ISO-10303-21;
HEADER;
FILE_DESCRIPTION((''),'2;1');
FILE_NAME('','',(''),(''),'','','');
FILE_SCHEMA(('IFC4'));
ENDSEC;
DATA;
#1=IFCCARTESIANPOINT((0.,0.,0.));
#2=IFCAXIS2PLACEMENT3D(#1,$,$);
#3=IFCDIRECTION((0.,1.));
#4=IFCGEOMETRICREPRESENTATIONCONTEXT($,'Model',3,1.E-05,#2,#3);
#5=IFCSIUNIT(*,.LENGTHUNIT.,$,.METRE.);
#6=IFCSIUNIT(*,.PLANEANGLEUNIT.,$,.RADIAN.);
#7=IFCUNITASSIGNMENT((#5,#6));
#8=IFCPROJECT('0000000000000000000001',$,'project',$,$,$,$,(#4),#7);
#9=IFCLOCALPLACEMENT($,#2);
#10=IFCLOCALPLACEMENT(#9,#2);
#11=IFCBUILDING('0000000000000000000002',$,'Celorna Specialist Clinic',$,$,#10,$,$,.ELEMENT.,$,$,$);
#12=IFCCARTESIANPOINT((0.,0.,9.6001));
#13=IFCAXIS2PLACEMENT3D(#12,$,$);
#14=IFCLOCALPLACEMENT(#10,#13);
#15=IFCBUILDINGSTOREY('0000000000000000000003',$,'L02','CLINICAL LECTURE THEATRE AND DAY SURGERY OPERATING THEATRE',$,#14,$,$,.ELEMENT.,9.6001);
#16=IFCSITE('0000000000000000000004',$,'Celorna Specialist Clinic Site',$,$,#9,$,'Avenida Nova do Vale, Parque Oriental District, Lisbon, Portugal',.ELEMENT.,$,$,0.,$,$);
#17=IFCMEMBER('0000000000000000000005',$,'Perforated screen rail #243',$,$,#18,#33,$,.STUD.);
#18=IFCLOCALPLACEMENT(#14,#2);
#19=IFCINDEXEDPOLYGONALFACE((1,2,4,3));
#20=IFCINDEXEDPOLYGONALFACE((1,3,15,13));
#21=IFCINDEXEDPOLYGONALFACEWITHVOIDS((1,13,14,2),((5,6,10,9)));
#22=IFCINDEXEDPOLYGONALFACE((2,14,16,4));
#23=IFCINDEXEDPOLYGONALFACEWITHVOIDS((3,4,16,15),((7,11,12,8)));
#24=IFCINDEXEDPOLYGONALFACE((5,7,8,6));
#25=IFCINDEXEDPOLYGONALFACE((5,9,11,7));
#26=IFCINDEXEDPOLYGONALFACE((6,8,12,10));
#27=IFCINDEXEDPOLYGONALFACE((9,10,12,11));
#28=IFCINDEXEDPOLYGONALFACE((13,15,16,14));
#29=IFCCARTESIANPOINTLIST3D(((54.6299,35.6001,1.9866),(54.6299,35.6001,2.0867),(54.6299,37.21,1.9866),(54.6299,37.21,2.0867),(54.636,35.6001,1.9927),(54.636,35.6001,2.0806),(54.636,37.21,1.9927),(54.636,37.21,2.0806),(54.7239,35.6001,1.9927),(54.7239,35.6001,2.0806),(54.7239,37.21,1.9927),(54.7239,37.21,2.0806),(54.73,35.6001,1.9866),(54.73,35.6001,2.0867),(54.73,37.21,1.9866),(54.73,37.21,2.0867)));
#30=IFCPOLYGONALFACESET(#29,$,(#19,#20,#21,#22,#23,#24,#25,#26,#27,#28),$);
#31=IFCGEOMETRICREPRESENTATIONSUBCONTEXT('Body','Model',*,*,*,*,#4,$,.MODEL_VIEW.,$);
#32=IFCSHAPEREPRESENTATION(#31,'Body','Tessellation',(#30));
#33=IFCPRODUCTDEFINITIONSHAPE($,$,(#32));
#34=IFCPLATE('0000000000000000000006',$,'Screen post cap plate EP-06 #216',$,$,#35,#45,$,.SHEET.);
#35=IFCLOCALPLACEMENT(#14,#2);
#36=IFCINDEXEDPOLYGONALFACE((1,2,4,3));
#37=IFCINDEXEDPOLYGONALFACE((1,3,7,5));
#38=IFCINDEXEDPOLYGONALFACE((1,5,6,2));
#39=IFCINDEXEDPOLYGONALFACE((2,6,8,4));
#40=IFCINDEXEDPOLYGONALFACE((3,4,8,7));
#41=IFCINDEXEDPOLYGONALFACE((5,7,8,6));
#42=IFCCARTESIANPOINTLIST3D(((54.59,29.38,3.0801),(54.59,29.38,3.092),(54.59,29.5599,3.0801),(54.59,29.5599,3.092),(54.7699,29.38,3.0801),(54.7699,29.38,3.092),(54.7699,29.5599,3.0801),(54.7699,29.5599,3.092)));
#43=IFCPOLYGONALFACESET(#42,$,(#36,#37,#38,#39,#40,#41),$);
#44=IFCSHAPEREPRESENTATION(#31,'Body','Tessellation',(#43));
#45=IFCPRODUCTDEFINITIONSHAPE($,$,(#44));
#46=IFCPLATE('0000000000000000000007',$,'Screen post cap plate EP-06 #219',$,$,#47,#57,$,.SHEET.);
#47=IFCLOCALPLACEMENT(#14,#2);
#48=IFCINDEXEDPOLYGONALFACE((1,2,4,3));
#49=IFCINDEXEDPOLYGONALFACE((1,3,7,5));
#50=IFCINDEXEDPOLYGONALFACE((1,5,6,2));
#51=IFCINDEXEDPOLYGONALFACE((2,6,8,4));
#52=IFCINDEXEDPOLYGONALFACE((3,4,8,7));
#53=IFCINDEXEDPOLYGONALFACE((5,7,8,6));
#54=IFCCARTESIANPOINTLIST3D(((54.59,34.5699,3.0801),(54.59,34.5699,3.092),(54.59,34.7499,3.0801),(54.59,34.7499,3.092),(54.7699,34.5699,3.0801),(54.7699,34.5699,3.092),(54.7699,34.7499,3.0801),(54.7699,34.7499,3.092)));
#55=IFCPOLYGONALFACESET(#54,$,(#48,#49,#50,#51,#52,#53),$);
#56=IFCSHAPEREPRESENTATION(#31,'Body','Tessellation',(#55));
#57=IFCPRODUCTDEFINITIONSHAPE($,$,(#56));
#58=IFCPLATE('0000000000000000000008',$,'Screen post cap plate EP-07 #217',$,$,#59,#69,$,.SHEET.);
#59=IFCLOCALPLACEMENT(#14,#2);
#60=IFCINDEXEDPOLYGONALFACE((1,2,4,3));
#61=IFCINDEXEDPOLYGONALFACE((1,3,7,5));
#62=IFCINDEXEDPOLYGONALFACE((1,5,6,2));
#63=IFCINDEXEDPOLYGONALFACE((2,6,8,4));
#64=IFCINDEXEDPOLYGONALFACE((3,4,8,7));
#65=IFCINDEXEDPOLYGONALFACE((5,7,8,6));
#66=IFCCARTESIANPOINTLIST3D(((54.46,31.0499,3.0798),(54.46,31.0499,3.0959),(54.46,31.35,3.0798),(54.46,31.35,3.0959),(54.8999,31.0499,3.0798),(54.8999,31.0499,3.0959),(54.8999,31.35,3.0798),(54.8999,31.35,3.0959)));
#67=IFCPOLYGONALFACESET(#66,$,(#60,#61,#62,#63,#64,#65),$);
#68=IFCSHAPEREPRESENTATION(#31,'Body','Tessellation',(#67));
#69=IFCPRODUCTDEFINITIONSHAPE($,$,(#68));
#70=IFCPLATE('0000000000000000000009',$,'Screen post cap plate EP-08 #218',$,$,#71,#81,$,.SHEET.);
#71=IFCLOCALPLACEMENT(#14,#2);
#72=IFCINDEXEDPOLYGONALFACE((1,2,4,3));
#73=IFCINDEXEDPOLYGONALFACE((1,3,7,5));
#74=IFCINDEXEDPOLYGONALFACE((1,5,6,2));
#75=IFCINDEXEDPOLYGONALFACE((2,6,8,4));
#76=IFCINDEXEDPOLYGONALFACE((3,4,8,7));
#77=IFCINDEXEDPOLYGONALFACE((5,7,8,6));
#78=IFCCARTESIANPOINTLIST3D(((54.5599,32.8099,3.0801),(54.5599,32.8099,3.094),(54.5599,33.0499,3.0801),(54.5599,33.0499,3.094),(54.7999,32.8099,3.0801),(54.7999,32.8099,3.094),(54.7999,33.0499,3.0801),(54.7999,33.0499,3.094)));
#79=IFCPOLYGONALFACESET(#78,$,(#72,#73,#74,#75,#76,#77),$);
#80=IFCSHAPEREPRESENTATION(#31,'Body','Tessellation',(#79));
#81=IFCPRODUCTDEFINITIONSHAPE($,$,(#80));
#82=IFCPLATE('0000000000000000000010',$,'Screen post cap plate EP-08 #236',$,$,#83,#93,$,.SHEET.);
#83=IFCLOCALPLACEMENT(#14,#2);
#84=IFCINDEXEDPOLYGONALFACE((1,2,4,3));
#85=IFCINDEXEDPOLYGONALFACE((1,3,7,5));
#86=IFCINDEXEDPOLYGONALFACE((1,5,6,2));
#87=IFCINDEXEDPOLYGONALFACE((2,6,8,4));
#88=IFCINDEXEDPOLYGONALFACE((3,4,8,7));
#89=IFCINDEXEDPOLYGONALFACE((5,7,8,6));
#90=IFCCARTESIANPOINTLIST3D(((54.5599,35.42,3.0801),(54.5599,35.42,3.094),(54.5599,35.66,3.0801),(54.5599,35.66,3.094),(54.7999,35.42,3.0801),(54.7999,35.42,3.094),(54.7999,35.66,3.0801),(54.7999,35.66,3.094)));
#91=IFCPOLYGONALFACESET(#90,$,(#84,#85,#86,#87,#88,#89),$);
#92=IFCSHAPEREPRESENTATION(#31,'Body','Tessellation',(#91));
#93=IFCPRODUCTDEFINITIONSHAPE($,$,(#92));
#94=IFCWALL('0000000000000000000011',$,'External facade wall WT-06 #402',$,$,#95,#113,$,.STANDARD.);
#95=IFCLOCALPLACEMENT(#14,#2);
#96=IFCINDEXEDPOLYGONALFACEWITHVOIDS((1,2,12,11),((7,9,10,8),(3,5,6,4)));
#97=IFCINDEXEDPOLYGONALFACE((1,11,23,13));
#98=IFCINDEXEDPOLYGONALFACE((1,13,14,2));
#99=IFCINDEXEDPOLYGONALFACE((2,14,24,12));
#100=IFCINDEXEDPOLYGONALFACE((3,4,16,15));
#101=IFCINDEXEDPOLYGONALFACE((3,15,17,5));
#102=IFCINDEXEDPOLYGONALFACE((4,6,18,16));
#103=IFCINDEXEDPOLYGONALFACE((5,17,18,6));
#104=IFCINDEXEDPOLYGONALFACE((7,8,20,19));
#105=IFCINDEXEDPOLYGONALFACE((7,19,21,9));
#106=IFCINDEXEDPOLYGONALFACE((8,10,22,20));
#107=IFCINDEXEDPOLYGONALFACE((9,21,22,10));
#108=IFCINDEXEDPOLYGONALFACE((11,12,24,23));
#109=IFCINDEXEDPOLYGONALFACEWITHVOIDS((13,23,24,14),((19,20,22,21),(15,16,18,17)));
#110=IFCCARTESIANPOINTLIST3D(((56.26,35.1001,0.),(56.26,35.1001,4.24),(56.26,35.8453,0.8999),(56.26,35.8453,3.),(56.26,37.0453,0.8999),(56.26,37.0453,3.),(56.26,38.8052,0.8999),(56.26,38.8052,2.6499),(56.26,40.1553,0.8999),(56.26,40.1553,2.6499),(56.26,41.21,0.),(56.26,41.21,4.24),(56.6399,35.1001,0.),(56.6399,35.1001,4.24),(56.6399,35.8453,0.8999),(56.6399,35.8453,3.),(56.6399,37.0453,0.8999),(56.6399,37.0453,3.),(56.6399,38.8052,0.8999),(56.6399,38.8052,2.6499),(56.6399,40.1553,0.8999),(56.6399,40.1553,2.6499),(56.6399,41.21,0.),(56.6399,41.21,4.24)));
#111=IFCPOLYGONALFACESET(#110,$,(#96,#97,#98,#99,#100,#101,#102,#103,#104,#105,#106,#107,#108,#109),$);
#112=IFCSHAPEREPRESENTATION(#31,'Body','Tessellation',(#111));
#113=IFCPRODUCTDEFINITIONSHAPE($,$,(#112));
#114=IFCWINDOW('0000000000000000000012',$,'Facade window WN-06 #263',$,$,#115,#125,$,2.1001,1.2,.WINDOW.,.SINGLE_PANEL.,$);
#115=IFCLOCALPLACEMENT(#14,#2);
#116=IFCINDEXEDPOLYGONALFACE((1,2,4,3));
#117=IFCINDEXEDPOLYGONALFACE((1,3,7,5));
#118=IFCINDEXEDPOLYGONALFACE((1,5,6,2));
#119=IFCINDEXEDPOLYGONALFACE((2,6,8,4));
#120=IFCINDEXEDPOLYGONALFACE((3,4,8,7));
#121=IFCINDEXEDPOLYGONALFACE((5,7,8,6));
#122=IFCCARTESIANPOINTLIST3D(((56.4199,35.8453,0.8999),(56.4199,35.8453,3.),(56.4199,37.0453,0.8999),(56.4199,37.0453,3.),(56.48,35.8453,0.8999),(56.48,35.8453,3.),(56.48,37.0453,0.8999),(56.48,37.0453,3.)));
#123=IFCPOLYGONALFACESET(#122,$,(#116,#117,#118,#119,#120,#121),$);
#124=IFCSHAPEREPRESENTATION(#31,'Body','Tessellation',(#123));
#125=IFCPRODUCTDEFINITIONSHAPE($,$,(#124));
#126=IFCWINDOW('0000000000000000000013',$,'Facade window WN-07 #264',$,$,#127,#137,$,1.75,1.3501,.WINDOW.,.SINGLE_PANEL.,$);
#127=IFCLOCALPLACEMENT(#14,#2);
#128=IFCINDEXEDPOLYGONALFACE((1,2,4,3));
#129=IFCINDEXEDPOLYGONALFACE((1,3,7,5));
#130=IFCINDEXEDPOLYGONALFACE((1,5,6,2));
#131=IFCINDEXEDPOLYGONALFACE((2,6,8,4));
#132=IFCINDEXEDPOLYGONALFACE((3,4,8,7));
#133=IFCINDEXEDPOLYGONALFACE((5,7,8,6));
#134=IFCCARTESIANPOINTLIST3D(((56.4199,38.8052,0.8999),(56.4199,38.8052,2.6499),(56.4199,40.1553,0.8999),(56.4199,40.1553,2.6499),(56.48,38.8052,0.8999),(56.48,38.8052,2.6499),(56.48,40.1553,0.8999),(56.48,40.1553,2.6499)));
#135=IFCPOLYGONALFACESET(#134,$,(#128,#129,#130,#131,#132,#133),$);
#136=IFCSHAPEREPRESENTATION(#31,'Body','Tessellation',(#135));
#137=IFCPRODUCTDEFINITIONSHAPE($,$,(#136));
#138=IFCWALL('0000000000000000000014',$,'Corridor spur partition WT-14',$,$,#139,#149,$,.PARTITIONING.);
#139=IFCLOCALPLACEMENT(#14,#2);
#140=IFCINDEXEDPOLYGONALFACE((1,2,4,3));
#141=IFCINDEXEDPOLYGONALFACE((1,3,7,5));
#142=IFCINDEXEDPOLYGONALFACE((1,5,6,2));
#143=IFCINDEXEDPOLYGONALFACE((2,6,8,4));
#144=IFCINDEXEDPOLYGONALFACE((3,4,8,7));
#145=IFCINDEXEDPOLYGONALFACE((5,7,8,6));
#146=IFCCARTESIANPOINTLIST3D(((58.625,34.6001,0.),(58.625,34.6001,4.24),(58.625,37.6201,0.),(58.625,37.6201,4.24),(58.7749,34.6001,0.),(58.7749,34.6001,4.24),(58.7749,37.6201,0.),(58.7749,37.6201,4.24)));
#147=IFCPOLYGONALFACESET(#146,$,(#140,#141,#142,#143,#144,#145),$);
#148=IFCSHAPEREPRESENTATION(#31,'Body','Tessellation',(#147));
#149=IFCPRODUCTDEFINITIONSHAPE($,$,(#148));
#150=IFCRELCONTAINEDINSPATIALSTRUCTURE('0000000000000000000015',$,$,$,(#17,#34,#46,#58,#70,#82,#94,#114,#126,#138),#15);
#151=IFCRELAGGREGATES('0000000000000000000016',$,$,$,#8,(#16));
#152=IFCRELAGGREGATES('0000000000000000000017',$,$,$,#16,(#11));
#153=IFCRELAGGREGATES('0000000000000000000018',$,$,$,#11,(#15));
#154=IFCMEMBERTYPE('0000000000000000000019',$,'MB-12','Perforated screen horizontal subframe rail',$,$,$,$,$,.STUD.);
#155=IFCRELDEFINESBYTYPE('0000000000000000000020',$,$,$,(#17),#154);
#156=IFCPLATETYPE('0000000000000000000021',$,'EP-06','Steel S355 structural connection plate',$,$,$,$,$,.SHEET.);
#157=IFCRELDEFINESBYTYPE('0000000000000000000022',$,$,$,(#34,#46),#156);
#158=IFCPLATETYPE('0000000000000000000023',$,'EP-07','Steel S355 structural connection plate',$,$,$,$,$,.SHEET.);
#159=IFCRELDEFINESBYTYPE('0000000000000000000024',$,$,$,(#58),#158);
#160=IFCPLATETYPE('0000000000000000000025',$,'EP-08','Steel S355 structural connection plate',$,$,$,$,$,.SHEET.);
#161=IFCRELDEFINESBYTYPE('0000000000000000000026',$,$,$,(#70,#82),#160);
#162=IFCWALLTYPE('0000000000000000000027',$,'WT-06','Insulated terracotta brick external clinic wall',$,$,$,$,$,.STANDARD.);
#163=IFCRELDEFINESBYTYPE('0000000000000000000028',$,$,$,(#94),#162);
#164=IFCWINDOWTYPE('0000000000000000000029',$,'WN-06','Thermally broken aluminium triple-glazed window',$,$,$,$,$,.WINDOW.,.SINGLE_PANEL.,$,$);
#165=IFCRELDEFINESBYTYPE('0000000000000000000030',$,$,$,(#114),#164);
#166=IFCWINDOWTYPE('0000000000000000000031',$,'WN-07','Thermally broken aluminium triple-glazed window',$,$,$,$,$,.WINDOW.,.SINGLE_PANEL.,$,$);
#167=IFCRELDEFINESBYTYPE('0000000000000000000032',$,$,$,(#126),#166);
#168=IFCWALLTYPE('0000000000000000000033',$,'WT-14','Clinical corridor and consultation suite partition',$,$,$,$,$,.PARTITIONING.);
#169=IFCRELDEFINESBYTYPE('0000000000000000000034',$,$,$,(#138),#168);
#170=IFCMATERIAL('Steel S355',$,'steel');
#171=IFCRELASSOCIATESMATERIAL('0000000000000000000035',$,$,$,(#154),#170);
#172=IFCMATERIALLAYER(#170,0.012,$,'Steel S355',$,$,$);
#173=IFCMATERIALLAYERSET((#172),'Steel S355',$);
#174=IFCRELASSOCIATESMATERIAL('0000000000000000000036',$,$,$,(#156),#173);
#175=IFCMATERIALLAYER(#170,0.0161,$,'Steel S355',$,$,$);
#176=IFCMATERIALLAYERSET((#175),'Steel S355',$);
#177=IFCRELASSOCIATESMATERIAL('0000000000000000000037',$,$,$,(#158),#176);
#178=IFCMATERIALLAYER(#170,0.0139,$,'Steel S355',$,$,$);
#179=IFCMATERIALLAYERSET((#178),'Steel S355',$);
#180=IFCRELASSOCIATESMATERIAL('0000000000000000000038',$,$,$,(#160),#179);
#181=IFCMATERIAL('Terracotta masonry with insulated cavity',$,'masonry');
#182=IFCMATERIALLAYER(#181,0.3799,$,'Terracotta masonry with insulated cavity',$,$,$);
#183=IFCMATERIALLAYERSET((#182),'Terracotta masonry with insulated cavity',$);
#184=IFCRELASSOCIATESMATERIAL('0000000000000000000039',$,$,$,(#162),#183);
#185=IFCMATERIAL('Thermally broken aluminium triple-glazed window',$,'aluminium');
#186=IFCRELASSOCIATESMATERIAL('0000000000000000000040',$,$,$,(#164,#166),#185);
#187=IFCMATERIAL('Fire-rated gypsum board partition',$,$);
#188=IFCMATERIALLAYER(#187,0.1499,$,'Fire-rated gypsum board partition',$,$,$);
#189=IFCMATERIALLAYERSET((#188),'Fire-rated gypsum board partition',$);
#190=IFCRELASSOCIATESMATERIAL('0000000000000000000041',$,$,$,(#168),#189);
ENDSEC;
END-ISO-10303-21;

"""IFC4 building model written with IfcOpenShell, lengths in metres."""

from ifc_helpers import new_model, si_unit, direction, frame, frame_2d, origin, origin_2d, place, context, subcontext, project, spatial, rectangle, hollow_rectangle, extrude, material, layer, layer_set, material_profile, profile_set, type_object, element, fill, save


model = new_model("IFC4")

# Units and contexts
model_context = context("Model", 3, precision=1e-05, world=origin(), true_north=direction((0.0, 1.0)))
body_context = subcontext(model_context, "Body", "Model", "MODEL_VIEW")
ifc_project = project(units=[si_unit("LENGTHUNIT", "METRE"), si_unit("PLANEANGLEUNIT", "RADIAN")], contexts=[model_context])

# Site, building, storey
site_placement = place(None, origin())
site = spatial("IfcSite", under=ifc_project, at=site_placement, Name="Celorna Specialist Clinic Site", LongName="Avenida Nova do Vale, Parque Oriental District, Lisbon, Portugal", CompositionType="ELEMENT", RefElevation=0.0)
building_placement = place(site_placement, origin())
building = spatial("IfcBuilding", under=site, at=building_placement, Name="Celorna Specialist Clinic", CompositionType="ELEMENT")
storey_placement = place(building_placement, frame((0.0, 0.0, 9.6001)))
storey = spatial("IfcBuildingStorey", under=building, at=storey_placement, Name="L02", Description="CLINICAL LECTURE THEATRE AND DAY SURGERY OPERATING THEATRE", CompositionType="ELEMENT", Elevation=9.6001)

# Shared definitions
ifc_material_1 = material(Name="Steel S355", Category="steel")

# Member
ifc_material_profile_1 = material_profile(ifc_material_1, hollow_rectangle(XDim=0.1001, YDim=0.1001, WallThickness=0.0061, at=origin_2d()), Name="SHS 100x100x6")
ifc_profile_set_1 = profile_set([ifc_material_profile_1], Name="Steel S355")
member_type_1 = type_object("IfcMemberType", Name="MB-12", Description="Perforated screen horizontal subframe rail", PredefinedType="STUD", material=ifc_profile_set_1)
for number, where, z_axis, x_axis, name in (
    (1, (54.6799, 35.6001, 2.0366), (0.0, 1.0, 0.0), (-1.0, 0.0, 0.0), "Perforated screen rail #243"),
):
    element("IfcMember", number, at=place(storey_placement, frame(where, z_axis=z_axis, x_axis=x_axis)), inside=storey, type_object=member_type_1, Name=name, PredefinedType="STUD", context=body_context, shape_type="SweptSolid", body=[
        extrude(hollow_rectangle(XDim=0.1001, YDim=0.1001, WallThickness=0.0061, at=origin_2d()), origin(), (0.0, 0.0, 1.0), 1.6099),
    ])

# Plates
ifc_layer_1 = layer(ifc_material_1, 0.012, Name="Steel S355")
ifc_layer_set_1 = layer_set([ifc_layer_1], Name="Steel S355")
plate_type_1 = type_object("IfcPlateType", Name="EP-06", Description="Steel S355 structural connection plate", PredefinedType="SHEET", material=ifc_layer_set_1)
for number, where, z_axis, x_axis, name in (
    (2, (54.6799, 29.47, 3.0801), (0.0, 0.0, 1.0), (0.0, 1.0, 0.0), "Screen post cap plate EP-06 #216"),
    (3, (54.6799, 34.6599, 3.0801), (0.0, 0.0, 1.0), (0.0, 1.0, 0.0), "Screen post cap plate EP-06 #219"),
):
    element("IfcPlate", number, at=place(storey_placement, frame(where, z_axis=z_axis, x_axis=x_axis)), inside=storey, type_object=plate_type_1, Name=name, PredefinedType="SHEET", context=body_context, shape_type="SweptSolid", body=[
        extrude(rectangle(XDim=0.1799, YDim=0.1799, at=origin_2d()), origin(), (0.0, 0.0, 1.0), 0.012),
    ])
ifc_layer_2 = layer(ifc_material_1, 0.0161, Name="Steel S355")
ifc_layer_set_2 = layer_set([ifc_layer_2], Name="Steel S355")
plate_type_2 = type_object("IfcPlateType", Name="EP-07", Description="Steel S355 structural connection plate", PredefinedType="SHEET", material=ifc_layer_set_2)
plate_placement = place(storey_placement, frame((54.6799, 31.2, 3.0798), z_axis=(0.0, 0.0, 1.0), x_axis=(0.0, 1.0, 0.0)))
element("IfcPlate", 4, at=plate_placement, inside=storey, type_object=plate_type_2, Name="Screen post cap plate EP-07 #217", PredefinedType="SHEET", context=body_context, shape_type="SweptSolid", body=[
    extrude(rectangle(XDim=0.3, YDim=0.4399, at=origin_2d()), origin(), (0.0, 0.0, 1.0), 0.0161),
])
ifc_layer_3 = layer(ifc_material_1, 0.0139, Name="Steel S355")
ifc_layer_set_3 = layer_set([ifc_layer_3], Name="Steel S355")
plate_type_3 = type_object("IfcPlateType", Name="EP-08", Description="Steel S355 structural connection plate", PredefinedType="SHEET", material=ifc_layer_set_3)
for number, where, z_axis, x_axis, name in (
    (5, (54.6799, 32.9299, 3.0801), (0.0, 0.0, 1.0), (0.0, 1.0, 0.0), "Screen post cap plate EP-08 #218"),
    (6, (54.6799, 35.54, 3.0801), (0.0, 0.0, 1.0), (0.0, 1.0, 0.0), "Screen post cap plate EP-08 #236"),
):
    element("IfcPlate", number, at=place(storey_placement, frame(where, z_axis=z_axis, x_axis=x_axis)), inside=storey, type_object=plate_type_3, Name=name, PredefinedType="SHEET", context=body_context, shape_type="SweptSolid", body=[
        extrude(rectangle(XDim=0.24, YDim=0.24, at=origin_2d()), origin(), (0.0, 0.0, 1.0), 0.0139),
    ])

# Wall, openings, windows
ifc_material_2 = material(Name="Terracotta masonry with insulated cavity", Category="masonry")
ifc_layer_4 = layer(ifc_material_2, 0.3799, Name="Terracotta masonry with insulated cavity")
ifc_layer_set_4 = layer_set([ifc_layer_4], Name="Terracotta masonry with insulated cavity")
wall_type_1 = type_object("IfcWallType", Name="WT-06", Description="Insulated terracotta brick external clinic wall", PredefinedType="STANDARD", material=ifc_layer_set_4)
wall_1_placement = place(storey_placement, frame((56.45, 35.1001, 0.0), z_axis=(0.0, 0.0, 1.0), x_axis=(0.0, 1.0, 0.0)))
wall_1 = element("IfcWall", 7, at=wall_1_placement, inside=storey, type_object=wall_type_1, Name="External facade wall WT-06 #402", PredefinedType="STANDARD", context=body_context, shape_type="SweptSolid", body=[
    extrude(rectangle(XDim=6.1099, YDim=0.3799, at=frame_2d((3.0549, 0.0))), origin(), (0.0, 0.0, 1.0), 4.24),
])
opening_1_placement = place(wall_1_placement, frame((0.7451, 0.0, 0.8999)))
opening_1 = element("IfcOpeningElement", 8, at=opening_1_placement, cuts=wall_1, PredefinedType="OPENING", context=body_context, shape_type="SweptSolid", body=[
    extrude(rectangle(XDim=1.2, YDim=2.1001, at=frame_2d((0.6001, 1.05))), frame((0.0, 0.2, 0.0), z_axis=(0.0, -1.0, 0.0), x_axis=(1.0, 0.0, 0.0)), (0.0, 0.0, 1.0), 0.3999),
])
opening_2_placement = place(wall_1_placement, frame((3.7051, 0.0, 0.8999)))
opening_2 = element("IfcOpeningElement", 9, at=opening_2_placement, cuts=wall_1, PredefinedType="OPENING", context=body_context, shape_type="SweptSolid", body=[
    extrude(rectangle(XDim=1.3501, YDim=1.75, at=frame_2d((0.675, 0.875))), frame((0.0, 0.2, 0.0), z_axis=(0.0, -1.0, 0.0), x_axis=(1.0, 0.0, 0.0)), (0.0, 0.0, 1.0), 0.3999),
])
ifc_material_3 = material(Name="Thermally broken aluminium triple-glazed window", Category="aluminium")
window_type_1 = type_object("IfcWindowType", Name="WN-06", Description="Thermally broken aluminium triple-glazed window", PartitioningType="SINGLE_PANEL", PredefinedType="WINDOW", material=ifc_material_3)
window_1_placement = place(opening_1_placement, origin())
window_1 = element("IfcWindow", 10, at=window_1_placement, inside=storey, type_object=window_type_1, Name="Facade window WN-06 #263", OverallHeight=2.1001, OverallWidth=1.2, PartitioningType="SINGLE_PANEL", PredefinedType="WINDOW", context=body_context, shape_type="SweptSolid", body=[
    extrude(rectangle(XDim=1.2, YDim=2.1001, at=frame_2d((0.6001, 1.05))), frame((0.0, 0.03, 0.0), z_axis=(0.0, -1.0, 0.0), x_axis=(1.0, 0.0, 0.0)), (0.0, 0.0, 1.0), 0.0601),
])
fill(opening_1, window_1)
window_type_2 = type_object("IfcWindowType", Name="WN-07", Description="Thermally broken aluminium triple-glazed window", PartitioningType="SINGLE_PANEL", PredefinedType="WINDOW", material=ifc_material_3)
window_2_placement = place(opening_2_placement, origin())
window_2 = element("IfcWindow", 11, at=window_2_placement, inside=storey, type_object=window_type_2, Name="Facade window WN-07 #264", OverallHeight=1.75, OverallWidth=1.3501, PartitioningType="SINGLE_PANEL", PredefinedType="WINDOW", context=body_context, shape_type="SweptSolid", body=[
    extrude(rectangle(XDim=1.3501, YDim=1.75, at=frame_2d((0.675, 0.875))), frame((0.0, 0.03, 0.0), z_axis=(0.0, -1.0, 0.0), x_axis=(1.0, 0.0, 0.0)), (0.0, 0.0, 1.0), 0.0601),
])
fill(opening_2, window_2)

# Wall
ifc_material_4 = material(Name="Fire-rated gypsum board partition")
ifc_layer_5 = layer(ifc_material_4, 0.1499, Name="Fire-rated gypsum board partition")
ifc_layer_set_5 = layer_set([ifc_layer_5], Name="Fire-rated gypsum board partition")
wall_type_2 = type_object("IfcWallType", Name="WT-14", Description="Clinical corridor and consultation suite partition", PredefinedType="PARTITIONING", material=ifc_layer_set_5)
wall_2_placement = place(storey_placement, frame((58.7, 34.6001, 0.0), z_axis=(0.0, 0.0, 1.0), x_axis=(0.0, 1.0, 0.0)))
element("IfcWall", 12, at=wall_2_placement, inside=storey, type_object=wall_type_2, Name="Corridor spur partition WT-14", PredefinedType="PARTITIONING", context=body_context, shape_type="SweptSolid", body=[
    extrude(rectangle(XDim=3.02, YDim=0.1499, at=frame_2d((1.51, 0.0))), origin(), (0.0, 0.0, 1.0), 4.24),
])

save(model, "model.ifc")
